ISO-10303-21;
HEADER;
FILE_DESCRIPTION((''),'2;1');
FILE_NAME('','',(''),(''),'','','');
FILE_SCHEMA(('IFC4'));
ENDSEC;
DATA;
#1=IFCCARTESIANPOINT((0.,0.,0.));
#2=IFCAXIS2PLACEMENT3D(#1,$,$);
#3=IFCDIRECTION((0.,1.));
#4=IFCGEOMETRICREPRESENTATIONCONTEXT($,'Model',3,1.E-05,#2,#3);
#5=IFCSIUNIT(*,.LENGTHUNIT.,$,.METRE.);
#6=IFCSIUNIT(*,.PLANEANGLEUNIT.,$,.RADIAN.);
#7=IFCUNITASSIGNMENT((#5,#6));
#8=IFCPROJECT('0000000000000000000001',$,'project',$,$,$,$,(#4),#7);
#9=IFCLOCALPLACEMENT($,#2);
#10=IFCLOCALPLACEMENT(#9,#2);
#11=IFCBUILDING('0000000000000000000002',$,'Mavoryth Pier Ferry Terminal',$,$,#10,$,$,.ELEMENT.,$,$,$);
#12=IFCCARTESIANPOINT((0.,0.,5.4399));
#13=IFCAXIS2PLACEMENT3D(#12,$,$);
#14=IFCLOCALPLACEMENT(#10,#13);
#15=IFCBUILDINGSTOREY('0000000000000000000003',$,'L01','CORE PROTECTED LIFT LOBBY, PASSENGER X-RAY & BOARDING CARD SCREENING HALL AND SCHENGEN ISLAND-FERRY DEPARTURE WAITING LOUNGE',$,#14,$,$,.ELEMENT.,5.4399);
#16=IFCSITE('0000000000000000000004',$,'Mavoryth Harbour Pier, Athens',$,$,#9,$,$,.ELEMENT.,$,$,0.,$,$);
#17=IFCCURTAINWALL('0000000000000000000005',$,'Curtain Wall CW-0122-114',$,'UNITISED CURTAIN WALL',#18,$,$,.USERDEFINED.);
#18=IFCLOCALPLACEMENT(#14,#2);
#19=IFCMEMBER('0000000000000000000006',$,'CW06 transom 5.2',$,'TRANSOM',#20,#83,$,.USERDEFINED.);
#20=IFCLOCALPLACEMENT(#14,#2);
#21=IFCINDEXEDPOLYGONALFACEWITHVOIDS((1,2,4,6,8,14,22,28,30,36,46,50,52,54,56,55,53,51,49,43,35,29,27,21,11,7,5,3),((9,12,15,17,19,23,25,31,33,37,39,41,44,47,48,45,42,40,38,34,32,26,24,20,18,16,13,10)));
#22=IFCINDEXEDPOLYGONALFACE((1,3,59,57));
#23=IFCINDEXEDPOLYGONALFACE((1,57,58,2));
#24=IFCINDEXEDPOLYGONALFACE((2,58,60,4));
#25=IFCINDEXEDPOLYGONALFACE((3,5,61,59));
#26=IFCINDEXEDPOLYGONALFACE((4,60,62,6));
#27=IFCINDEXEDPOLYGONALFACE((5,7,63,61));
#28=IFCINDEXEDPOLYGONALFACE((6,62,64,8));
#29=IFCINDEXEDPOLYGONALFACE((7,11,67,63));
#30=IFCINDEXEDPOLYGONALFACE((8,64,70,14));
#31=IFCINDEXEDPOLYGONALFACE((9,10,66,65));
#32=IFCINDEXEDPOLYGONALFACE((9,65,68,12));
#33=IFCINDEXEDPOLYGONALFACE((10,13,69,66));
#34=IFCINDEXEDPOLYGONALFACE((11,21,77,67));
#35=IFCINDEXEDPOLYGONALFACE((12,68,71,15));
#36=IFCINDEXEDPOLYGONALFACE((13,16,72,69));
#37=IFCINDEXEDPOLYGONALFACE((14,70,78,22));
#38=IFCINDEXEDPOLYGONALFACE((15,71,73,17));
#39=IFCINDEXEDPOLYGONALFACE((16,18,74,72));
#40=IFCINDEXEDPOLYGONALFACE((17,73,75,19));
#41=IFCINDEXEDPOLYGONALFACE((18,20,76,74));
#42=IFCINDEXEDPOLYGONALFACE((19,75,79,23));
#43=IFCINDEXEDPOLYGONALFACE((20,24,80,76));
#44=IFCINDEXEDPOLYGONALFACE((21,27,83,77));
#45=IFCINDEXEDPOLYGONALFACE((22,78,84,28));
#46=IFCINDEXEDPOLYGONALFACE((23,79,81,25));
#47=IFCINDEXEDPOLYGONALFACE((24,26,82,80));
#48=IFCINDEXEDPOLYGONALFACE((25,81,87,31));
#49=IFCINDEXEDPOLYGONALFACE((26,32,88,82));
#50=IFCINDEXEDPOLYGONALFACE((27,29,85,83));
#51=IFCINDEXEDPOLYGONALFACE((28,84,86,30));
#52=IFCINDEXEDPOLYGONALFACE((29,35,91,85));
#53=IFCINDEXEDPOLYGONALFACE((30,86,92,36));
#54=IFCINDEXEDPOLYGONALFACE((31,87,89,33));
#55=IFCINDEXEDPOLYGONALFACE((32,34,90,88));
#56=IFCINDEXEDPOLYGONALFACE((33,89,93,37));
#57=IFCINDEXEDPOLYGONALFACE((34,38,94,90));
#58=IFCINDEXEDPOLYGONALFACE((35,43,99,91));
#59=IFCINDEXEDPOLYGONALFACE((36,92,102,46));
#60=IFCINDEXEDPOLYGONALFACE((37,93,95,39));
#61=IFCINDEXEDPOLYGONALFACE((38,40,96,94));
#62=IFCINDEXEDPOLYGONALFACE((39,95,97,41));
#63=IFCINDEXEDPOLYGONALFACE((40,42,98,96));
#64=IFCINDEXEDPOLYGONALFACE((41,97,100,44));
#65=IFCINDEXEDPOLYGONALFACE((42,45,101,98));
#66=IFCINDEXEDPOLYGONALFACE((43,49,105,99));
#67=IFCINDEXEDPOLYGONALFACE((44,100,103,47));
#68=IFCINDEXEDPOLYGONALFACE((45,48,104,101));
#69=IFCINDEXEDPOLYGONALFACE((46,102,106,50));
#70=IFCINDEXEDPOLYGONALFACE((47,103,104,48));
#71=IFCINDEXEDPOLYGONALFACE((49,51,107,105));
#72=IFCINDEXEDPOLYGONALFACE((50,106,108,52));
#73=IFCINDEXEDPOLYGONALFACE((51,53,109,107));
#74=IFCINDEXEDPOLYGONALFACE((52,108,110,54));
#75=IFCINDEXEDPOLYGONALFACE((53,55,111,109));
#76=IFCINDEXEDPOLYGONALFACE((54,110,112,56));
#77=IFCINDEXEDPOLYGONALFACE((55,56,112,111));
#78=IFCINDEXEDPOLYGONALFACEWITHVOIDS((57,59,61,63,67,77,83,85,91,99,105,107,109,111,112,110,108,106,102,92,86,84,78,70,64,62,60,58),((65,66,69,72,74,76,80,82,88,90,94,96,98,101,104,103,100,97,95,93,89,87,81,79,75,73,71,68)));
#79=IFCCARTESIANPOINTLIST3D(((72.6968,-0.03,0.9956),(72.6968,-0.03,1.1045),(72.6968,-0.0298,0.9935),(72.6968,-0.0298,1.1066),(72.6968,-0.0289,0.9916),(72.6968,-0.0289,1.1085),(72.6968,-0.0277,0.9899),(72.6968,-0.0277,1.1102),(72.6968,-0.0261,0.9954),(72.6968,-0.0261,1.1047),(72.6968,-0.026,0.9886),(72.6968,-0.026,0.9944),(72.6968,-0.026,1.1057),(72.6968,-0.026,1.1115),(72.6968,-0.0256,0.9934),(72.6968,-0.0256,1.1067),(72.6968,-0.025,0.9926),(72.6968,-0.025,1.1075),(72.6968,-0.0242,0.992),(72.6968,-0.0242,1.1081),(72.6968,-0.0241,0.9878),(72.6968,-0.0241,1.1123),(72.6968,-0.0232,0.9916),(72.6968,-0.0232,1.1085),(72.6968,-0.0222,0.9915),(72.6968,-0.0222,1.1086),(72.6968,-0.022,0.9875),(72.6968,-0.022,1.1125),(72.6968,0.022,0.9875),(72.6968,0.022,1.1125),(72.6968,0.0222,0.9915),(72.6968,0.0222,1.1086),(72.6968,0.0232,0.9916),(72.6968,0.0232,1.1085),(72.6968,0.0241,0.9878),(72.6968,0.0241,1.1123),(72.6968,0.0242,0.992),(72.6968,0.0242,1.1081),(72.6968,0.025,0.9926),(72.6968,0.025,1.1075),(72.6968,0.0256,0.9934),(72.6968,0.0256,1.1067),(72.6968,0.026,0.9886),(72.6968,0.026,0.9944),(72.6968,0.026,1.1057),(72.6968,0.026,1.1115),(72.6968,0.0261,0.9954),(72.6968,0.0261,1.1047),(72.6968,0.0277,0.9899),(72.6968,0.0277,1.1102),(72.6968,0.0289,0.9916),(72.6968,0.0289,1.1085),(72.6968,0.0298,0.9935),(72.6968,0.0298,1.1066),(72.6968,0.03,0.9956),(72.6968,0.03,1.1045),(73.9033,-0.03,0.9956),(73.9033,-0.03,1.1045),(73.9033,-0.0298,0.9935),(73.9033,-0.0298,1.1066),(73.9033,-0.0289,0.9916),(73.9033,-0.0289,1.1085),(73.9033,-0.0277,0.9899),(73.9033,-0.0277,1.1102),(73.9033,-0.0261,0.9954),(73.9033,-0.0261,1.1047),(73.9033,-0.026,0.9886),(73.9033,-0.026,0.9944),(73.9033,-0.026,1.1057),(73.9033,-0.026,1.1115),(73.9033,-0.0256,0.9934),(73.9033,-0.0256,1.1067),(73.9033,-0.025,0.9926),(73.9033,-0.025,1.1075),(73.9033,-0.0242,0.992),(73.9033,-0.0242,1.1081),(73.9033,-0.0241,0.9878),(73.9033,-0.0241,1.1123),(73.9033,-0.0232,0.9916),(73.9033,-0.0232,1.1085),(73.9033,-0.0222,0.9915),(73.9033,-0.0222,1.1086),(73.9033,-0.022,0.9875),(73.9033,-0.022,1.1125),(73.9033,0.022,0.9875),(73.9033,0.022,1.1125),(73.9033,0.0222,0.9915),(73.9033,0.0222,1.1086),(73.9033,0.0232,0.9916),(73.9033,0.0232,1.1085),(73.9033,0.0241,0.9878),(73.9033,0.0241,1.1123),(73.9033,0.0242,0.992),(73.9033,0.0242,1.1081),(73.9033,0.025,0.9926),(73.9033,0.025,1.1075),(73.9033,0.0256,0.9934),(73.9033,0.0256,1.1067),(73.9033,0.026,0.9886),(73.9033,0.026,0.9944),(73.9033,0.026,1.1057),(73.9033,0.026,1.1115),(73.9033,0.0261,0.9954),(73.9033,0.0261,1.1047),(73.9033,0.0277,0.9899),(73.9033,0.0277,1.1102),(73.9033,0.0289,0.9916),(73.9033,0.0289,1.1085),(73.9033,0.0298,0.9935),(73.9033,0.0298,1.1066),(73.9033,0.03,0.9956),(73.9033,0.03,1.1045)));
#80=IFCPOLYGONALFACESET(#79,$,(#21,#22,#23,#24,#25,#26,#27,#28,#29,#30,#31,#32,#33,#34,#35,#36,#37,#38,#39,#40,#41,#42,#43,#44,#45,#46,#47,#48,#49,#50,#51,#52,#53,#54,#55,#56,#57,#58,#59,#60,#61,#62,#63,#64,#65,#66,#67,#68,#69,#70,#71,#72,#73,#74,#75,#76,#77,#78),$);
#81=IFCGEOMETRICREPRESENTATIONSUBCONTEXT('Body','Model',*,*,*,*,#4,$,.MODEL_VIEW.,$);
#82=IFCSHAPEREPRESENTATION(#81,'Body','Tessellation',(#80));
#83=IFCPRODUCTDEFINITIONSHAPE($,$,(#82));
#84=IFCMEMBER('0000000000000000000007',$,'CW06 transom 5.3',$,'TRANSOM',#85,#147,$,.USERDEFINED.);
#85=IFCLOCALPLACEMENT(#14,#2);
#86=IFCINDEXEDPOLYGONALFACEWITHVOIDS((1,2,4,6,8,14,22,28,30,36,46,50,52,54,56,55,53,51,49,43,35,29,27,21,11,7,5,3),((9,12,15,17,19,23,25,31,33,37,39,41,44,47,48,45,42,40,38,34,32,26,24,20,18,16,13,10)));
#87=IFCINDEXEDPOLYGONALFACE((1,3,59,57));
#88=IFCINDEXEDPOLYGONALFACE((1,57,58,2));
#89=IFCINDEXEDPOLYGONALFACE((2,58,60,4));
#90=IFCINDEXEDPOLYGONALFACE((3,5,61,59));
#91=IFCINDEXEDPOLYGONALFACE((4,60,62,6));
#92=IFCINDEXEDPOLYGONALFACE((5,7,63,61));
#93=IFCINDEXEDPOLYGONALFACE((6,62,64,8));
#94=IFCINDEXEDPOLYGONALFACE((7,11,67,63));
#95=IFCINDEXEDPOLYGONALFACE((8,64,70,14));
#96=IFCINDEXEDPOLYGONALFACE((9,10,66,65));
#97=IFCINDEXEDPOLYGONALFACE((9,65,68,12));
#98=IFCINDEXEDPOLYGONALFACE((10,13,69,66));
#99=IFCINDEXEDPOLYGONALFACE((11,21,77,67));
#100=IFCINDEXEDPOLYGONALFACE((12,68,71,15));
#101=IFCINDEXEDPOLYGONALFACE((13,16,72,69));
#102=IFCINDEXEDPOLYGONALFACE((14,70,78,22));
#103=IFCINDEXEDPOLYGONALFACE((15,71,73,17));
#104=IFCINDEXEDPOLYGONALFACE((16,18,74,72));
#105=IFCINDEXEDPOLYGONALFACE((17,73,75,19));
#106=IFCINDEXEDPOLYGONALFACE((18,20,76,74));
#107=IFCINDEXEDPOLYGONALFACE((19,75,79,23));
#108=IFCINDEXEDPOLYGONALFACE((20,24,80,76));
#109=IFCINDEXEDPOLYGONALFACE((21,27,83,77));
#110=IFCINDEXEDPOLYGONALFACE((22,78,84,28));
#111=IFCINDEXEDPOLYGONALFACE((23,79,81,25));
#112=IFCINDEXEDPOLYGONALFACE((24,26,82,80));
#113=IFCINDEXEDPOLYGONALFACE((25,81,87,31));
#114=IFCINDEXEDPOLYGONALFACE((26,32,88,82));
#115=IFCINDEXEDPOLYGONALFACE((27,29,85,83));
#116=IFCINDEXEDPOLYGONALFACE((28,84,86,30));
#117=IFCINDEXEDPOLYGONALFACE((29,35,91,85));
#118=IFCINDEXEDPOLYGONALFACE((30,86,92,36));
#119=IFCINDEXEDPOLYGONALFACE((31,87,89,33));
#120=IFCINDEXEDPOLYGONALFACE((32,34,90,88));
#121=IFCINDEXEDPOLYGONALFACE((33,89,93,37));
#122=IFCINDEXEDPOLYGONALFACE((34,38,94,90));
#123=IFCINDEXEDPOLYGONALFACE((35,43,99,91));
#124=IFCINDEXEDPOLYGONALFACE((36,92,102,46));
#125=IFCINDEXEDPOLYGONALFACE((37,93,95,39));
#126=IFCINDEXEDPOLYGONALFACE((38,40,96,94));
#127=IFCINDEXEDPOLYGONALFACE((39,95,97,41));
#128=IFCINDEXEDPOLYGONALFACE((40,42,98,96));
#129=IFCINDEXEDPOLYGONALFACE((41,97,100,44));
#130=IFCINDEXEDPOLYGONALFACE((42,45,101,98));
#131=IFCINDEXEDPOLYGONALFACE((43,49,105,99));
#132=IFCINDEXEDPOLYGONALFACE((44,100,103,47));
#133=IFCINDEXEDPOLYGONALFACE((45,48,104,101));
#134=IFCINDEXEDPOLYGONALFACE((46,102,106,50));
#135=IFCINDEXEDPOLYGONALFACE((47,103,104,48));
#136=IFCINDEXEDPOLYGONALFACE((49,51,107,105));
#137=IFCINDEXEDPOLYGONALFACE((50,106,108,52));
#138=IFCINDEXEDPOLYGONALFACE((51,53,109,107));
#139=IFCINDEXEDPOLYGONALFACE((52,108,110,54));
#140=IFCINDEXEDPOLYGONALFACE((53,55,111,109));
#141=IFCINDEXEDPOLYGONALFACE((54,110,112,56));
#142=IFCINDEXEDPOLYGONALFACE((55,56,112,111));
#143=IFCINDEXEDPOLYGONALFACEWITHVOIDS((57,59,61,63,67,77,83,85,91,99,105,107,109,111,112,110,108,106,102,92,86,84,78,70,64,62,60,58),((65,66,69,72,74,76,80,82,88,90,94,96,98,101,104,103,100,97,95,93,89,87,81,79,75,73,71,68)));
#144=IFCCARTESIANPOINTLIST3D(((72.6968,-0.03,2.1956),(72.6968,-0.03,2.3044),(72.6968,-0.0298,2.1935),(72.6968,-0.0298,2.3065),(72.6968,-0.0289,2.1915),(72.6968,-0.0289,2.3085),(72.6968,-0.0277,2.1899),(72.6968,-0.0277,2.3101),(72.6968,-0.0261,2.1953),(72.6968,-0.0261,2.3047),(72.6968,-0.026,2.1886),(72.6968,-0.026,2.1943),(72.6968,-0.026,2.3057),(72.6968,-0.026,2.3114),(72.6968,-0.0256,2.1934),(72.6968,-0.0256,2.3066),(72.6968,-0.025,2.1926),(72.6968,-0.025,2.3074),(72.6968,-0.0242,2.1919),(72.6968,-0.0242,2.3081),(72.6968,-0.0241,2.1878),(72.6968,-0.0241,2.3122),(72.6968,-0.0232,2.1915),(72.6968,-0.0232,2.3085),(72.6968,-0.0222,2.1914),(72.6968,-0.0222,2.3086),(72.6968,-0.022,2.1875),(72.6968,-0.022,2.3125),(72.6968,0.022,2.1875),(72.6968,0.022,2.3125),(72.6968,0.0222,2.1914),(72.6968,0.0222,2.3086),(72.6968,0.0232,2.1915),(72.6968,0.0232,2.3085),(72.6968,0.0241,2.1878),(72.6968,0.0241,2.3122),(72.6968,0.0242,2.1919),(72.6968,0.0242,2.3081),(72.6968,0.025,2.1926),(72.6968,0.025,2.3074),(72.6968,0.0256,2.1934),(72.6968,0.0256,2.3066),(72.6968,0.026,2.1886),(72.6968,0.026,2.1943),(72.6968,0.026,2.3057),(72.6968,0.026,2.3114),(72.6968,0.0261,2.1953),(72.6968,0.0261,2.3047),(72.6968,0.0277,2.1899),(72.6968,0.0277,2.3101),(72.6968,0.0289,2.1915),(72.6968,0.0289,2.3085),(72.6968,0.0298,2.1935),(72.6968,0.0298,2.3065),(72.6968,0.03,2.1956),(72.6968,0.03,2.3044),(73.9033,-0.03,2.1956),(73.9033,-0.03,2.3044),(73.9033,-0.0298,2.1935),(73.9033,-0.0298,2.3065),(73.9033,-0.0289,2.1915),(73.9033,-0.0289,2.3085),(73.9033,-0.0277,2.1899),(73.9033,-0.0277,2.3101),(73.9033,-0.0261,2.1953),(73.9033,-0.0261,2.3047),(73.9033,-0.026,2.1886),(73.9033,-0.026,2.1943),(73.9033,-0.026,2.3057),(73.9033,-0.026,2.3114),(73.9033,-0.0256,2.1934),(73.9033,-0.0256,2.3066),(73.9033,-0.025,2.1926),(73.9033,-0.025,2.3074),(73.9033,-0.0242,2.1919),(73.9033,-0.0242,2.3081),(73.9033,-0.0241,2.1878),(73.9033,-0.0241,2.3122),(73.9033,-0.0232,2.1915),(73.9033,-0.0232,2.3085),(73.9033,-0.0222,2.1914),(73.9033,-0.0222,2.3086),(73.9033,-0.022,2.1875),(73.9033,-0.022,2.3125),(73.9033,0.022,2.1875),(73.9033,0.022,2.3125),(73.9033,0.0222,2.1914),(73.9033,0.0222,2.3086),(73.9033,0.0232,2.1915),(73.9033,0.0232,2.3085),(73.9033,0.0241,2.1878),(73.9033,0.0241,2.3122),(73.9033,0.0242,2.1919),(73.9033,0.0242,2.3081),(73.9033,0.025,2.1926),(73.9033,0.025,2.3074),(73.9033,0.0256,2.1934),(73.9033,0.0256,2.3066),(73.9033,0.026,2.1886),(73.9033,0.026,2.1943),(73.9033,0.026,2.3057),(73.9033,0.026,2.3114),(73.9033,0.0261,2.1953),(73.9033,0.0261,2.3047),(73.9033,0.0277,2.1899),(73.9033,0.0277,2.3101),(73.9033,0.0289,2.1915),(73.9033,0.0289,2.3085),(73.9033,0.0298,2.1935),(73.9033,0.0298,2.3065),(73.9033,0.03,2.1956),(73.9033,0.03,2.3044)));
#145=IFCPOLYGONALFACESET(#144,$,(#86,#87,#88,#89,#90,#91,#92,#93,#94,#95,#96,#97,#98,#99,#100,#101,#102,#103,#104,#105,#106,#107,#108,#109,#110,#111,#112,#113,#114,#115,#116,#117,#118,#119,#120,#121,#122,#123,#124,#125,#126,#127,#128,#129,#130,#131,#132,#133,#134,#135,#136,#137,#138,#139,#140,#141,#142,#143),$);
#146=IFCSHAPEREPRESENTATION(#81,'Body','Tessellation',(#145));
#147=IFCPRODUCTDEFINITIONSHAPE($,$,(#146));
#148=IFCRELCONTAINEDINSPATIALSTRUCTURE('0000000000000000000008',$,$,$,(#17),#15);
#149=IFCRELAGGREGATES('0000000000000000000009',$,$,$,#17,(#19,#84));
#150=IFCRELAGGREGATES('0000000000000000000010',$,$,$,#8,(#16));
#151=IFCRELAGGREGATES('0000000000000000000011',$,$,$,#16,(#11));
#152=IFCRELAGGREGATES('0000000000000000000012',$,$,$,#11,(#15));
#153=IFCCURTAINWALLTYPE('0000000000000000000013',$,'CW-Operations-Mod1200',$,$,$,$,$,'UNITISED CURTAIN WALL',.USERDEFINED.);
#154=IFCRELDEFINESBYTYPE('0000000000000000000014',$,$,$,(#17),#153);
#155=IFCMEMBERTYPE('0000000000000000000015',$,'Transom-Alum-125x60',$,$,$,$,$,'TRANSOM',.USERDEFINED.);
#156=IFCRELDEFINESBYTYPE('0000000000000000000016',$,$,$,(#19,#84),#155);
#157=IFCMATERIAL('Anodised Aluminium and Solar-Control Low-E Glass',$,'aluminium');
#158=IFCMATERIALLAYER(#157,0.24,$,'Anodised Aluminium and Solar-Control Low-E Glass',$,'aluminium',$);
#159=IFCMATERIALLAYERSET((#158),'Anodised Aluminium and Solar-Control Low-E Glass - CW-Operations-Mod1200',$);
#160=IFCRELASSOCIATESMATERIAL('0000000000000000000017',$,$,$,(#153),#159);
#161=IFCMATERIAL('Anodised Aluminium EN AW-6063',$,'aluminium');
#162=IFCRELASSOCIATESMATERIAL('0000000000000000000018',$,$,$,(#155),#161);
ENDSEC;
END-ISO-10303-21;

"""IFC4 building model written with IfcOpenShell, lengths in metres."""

from ifc_helpers import new_model, si_unit, direction, frame, origin, origin_2d, place, context, subcontext, project, spatial, hollow_rectangle, extrude, material, layer, layer_set, material_profile, profile_set, type_object, element, aggregate, save


model = new_model("IFC4")

# Units and contexts
model_context = context("Model", 3, precision=1e-05, world=origin(), true_north=direction((0.0, 1.0)))
body_context = subcontext(model_context, "Body", "Model", "MODEL_VIEW")
ifc_project = project(units=[si_unit("LENGTHUNIT", "METRE"), si_unit("PLANEANGLEUNIT", "RADIAN")], contexts=[model_context])

# Site, building, storey
site_placement = place(None, origin())
site = spatial("IfcSite", under=ifc_project, at=site_placement, Name="Mavoryth Harbour Pier, Athens", CompositionType="ELEMENT", RefElevation=0.0)
building_placement = place(site_placement, origin())
building = spatial("IfcBuilding", under=site, at=building_placement, Name="Mavoryth Pier Ferry Terminal", CompositionType="ELEMENT")
storey_placement = place(building_placement, frame((0.0, 0.0, 5.4399)))
storey = spatial("IfcBuildingStorey", under=building, at=storey_placement, Name="L01", Description="CORE PROTECTED LIFT LOBBY, PASSENGER X-RAY & BOARDING CARD SCREENING HALL AND SCHENGEN ISLAND-FERRY DEPARTURE WAITING LOUNGE", CompositionType="ELEMENT", Elevation=5.4399)

# Curtain wall
ifc_material_1 = material(Name="Anodised Aluminium and Solar-Control Low-E Glass", Category="aluminium")
ifc_layer_1 = layer(ifc_material_1, 0.24, Name="Anodised Aluminium and Solar-Control Low-E Glass", Category="aluminium")
ifc_layer_set_1 = layer_set([ifc_layer_1], Name="Anodised Aluminium and Solar-Control Low-E Glass - CW-Operations-Mod1200")
curtain_wall_type = type_object("IfcCurtainWallType", Name="CW-Operations-Mod1200", ElementType="UNITISED CURTAIN WALL", PredefinedType="USERDEFINED", material=ifc_layer_set_1)
curtain_wall_1_placement = place(storey_placement, origin())
curtain_wall_1 = element("IfcCurtainWall", 1, at=curtain_wall_1_placement, inside=storey, type_object=curtain_wall_type, Name="Curtain Wall CW-0122-114", ObjectType="UNITISED CURTAIN WALL", PredefinedType="USERDEFINED")
ifc_material_2 = material(Name="Anodised Aluminium EN AW-6063", Category="aluminium")

# Members
ifc_material_profile_1 = material_profile(ifc_material_2, hollow_rectangle(XDim=0.0601, YDim=0.125, WallThickness=0.0039, InnerFilletRadius=0.0039, OuterFilletRadius=0.0081, at=origin_2d()), Name="AL-TRAN 125x60x4", Category="aluminium")
ifc_profile_set_1 = profile_set([ifc_material_profile_1], Name="Anodised Aluminium EN AW-6063 - AL-TRAN 125x60x4")
member_type_1 = type_object("IfcMemberType", Name="Transom-Alum-125x60", ElementType="TRANSOM", PredefinedType="USERDEFINED", material=ifc_profile_set_1)
member_1_placement = place(storey_placement, frame((72.6968, 0.0, 1.05), z_axis=(1.0, 0.0, 0.0), x_axis=(0.0, 1.0, 0.0)))
member_1 = element("IfcMember", 2, at=member_1_placement, type_object=member_type_1, Name="CW06 transom 5.2", ObjectType="TRANSOM", PredefinedType="USERDEFINED", context=body_context, shape_type="SweptSolid", body=[
    extrude(hollow_rectangle(XDim=0.0601, YDim=0.125, WallThickness=0.0039, InnerFilletRadius=0.0039, OuterFilletRadius=0.0081, at=origin_2d()), origin(), (0.0, 0.0, 1.0), 1.2065),
])
member_2_placement = place(storey_placement, frame((72.6968, 0.0, 2.25), z_axis=(1.0, 0.0, 0.0), x_axis=(0.0, 1.0, 0.0)))
member_2 = element("IfcMember", 3, at=member_2_placement, type_object=member_type_1, Name="CW06 transom 5.3", ObjectType="TRANSOM", PredefinedType="USERDEFINED", context=body_context, shape_type="SweptSolid", body=[
    extrude(hollow_rectangle(XDim=0.0601, YDim=0.125, WallThickness=0.0039, InnerFilletRadius=0.0039, OuterFilletRadius=0.0081, at=origin_2d()), origin(), (0.0, 0.0, 1.0), 1.2065),
])

aggregate(curtain_wall_1, [member_1, member_2])

save(model, "model.ifc")
